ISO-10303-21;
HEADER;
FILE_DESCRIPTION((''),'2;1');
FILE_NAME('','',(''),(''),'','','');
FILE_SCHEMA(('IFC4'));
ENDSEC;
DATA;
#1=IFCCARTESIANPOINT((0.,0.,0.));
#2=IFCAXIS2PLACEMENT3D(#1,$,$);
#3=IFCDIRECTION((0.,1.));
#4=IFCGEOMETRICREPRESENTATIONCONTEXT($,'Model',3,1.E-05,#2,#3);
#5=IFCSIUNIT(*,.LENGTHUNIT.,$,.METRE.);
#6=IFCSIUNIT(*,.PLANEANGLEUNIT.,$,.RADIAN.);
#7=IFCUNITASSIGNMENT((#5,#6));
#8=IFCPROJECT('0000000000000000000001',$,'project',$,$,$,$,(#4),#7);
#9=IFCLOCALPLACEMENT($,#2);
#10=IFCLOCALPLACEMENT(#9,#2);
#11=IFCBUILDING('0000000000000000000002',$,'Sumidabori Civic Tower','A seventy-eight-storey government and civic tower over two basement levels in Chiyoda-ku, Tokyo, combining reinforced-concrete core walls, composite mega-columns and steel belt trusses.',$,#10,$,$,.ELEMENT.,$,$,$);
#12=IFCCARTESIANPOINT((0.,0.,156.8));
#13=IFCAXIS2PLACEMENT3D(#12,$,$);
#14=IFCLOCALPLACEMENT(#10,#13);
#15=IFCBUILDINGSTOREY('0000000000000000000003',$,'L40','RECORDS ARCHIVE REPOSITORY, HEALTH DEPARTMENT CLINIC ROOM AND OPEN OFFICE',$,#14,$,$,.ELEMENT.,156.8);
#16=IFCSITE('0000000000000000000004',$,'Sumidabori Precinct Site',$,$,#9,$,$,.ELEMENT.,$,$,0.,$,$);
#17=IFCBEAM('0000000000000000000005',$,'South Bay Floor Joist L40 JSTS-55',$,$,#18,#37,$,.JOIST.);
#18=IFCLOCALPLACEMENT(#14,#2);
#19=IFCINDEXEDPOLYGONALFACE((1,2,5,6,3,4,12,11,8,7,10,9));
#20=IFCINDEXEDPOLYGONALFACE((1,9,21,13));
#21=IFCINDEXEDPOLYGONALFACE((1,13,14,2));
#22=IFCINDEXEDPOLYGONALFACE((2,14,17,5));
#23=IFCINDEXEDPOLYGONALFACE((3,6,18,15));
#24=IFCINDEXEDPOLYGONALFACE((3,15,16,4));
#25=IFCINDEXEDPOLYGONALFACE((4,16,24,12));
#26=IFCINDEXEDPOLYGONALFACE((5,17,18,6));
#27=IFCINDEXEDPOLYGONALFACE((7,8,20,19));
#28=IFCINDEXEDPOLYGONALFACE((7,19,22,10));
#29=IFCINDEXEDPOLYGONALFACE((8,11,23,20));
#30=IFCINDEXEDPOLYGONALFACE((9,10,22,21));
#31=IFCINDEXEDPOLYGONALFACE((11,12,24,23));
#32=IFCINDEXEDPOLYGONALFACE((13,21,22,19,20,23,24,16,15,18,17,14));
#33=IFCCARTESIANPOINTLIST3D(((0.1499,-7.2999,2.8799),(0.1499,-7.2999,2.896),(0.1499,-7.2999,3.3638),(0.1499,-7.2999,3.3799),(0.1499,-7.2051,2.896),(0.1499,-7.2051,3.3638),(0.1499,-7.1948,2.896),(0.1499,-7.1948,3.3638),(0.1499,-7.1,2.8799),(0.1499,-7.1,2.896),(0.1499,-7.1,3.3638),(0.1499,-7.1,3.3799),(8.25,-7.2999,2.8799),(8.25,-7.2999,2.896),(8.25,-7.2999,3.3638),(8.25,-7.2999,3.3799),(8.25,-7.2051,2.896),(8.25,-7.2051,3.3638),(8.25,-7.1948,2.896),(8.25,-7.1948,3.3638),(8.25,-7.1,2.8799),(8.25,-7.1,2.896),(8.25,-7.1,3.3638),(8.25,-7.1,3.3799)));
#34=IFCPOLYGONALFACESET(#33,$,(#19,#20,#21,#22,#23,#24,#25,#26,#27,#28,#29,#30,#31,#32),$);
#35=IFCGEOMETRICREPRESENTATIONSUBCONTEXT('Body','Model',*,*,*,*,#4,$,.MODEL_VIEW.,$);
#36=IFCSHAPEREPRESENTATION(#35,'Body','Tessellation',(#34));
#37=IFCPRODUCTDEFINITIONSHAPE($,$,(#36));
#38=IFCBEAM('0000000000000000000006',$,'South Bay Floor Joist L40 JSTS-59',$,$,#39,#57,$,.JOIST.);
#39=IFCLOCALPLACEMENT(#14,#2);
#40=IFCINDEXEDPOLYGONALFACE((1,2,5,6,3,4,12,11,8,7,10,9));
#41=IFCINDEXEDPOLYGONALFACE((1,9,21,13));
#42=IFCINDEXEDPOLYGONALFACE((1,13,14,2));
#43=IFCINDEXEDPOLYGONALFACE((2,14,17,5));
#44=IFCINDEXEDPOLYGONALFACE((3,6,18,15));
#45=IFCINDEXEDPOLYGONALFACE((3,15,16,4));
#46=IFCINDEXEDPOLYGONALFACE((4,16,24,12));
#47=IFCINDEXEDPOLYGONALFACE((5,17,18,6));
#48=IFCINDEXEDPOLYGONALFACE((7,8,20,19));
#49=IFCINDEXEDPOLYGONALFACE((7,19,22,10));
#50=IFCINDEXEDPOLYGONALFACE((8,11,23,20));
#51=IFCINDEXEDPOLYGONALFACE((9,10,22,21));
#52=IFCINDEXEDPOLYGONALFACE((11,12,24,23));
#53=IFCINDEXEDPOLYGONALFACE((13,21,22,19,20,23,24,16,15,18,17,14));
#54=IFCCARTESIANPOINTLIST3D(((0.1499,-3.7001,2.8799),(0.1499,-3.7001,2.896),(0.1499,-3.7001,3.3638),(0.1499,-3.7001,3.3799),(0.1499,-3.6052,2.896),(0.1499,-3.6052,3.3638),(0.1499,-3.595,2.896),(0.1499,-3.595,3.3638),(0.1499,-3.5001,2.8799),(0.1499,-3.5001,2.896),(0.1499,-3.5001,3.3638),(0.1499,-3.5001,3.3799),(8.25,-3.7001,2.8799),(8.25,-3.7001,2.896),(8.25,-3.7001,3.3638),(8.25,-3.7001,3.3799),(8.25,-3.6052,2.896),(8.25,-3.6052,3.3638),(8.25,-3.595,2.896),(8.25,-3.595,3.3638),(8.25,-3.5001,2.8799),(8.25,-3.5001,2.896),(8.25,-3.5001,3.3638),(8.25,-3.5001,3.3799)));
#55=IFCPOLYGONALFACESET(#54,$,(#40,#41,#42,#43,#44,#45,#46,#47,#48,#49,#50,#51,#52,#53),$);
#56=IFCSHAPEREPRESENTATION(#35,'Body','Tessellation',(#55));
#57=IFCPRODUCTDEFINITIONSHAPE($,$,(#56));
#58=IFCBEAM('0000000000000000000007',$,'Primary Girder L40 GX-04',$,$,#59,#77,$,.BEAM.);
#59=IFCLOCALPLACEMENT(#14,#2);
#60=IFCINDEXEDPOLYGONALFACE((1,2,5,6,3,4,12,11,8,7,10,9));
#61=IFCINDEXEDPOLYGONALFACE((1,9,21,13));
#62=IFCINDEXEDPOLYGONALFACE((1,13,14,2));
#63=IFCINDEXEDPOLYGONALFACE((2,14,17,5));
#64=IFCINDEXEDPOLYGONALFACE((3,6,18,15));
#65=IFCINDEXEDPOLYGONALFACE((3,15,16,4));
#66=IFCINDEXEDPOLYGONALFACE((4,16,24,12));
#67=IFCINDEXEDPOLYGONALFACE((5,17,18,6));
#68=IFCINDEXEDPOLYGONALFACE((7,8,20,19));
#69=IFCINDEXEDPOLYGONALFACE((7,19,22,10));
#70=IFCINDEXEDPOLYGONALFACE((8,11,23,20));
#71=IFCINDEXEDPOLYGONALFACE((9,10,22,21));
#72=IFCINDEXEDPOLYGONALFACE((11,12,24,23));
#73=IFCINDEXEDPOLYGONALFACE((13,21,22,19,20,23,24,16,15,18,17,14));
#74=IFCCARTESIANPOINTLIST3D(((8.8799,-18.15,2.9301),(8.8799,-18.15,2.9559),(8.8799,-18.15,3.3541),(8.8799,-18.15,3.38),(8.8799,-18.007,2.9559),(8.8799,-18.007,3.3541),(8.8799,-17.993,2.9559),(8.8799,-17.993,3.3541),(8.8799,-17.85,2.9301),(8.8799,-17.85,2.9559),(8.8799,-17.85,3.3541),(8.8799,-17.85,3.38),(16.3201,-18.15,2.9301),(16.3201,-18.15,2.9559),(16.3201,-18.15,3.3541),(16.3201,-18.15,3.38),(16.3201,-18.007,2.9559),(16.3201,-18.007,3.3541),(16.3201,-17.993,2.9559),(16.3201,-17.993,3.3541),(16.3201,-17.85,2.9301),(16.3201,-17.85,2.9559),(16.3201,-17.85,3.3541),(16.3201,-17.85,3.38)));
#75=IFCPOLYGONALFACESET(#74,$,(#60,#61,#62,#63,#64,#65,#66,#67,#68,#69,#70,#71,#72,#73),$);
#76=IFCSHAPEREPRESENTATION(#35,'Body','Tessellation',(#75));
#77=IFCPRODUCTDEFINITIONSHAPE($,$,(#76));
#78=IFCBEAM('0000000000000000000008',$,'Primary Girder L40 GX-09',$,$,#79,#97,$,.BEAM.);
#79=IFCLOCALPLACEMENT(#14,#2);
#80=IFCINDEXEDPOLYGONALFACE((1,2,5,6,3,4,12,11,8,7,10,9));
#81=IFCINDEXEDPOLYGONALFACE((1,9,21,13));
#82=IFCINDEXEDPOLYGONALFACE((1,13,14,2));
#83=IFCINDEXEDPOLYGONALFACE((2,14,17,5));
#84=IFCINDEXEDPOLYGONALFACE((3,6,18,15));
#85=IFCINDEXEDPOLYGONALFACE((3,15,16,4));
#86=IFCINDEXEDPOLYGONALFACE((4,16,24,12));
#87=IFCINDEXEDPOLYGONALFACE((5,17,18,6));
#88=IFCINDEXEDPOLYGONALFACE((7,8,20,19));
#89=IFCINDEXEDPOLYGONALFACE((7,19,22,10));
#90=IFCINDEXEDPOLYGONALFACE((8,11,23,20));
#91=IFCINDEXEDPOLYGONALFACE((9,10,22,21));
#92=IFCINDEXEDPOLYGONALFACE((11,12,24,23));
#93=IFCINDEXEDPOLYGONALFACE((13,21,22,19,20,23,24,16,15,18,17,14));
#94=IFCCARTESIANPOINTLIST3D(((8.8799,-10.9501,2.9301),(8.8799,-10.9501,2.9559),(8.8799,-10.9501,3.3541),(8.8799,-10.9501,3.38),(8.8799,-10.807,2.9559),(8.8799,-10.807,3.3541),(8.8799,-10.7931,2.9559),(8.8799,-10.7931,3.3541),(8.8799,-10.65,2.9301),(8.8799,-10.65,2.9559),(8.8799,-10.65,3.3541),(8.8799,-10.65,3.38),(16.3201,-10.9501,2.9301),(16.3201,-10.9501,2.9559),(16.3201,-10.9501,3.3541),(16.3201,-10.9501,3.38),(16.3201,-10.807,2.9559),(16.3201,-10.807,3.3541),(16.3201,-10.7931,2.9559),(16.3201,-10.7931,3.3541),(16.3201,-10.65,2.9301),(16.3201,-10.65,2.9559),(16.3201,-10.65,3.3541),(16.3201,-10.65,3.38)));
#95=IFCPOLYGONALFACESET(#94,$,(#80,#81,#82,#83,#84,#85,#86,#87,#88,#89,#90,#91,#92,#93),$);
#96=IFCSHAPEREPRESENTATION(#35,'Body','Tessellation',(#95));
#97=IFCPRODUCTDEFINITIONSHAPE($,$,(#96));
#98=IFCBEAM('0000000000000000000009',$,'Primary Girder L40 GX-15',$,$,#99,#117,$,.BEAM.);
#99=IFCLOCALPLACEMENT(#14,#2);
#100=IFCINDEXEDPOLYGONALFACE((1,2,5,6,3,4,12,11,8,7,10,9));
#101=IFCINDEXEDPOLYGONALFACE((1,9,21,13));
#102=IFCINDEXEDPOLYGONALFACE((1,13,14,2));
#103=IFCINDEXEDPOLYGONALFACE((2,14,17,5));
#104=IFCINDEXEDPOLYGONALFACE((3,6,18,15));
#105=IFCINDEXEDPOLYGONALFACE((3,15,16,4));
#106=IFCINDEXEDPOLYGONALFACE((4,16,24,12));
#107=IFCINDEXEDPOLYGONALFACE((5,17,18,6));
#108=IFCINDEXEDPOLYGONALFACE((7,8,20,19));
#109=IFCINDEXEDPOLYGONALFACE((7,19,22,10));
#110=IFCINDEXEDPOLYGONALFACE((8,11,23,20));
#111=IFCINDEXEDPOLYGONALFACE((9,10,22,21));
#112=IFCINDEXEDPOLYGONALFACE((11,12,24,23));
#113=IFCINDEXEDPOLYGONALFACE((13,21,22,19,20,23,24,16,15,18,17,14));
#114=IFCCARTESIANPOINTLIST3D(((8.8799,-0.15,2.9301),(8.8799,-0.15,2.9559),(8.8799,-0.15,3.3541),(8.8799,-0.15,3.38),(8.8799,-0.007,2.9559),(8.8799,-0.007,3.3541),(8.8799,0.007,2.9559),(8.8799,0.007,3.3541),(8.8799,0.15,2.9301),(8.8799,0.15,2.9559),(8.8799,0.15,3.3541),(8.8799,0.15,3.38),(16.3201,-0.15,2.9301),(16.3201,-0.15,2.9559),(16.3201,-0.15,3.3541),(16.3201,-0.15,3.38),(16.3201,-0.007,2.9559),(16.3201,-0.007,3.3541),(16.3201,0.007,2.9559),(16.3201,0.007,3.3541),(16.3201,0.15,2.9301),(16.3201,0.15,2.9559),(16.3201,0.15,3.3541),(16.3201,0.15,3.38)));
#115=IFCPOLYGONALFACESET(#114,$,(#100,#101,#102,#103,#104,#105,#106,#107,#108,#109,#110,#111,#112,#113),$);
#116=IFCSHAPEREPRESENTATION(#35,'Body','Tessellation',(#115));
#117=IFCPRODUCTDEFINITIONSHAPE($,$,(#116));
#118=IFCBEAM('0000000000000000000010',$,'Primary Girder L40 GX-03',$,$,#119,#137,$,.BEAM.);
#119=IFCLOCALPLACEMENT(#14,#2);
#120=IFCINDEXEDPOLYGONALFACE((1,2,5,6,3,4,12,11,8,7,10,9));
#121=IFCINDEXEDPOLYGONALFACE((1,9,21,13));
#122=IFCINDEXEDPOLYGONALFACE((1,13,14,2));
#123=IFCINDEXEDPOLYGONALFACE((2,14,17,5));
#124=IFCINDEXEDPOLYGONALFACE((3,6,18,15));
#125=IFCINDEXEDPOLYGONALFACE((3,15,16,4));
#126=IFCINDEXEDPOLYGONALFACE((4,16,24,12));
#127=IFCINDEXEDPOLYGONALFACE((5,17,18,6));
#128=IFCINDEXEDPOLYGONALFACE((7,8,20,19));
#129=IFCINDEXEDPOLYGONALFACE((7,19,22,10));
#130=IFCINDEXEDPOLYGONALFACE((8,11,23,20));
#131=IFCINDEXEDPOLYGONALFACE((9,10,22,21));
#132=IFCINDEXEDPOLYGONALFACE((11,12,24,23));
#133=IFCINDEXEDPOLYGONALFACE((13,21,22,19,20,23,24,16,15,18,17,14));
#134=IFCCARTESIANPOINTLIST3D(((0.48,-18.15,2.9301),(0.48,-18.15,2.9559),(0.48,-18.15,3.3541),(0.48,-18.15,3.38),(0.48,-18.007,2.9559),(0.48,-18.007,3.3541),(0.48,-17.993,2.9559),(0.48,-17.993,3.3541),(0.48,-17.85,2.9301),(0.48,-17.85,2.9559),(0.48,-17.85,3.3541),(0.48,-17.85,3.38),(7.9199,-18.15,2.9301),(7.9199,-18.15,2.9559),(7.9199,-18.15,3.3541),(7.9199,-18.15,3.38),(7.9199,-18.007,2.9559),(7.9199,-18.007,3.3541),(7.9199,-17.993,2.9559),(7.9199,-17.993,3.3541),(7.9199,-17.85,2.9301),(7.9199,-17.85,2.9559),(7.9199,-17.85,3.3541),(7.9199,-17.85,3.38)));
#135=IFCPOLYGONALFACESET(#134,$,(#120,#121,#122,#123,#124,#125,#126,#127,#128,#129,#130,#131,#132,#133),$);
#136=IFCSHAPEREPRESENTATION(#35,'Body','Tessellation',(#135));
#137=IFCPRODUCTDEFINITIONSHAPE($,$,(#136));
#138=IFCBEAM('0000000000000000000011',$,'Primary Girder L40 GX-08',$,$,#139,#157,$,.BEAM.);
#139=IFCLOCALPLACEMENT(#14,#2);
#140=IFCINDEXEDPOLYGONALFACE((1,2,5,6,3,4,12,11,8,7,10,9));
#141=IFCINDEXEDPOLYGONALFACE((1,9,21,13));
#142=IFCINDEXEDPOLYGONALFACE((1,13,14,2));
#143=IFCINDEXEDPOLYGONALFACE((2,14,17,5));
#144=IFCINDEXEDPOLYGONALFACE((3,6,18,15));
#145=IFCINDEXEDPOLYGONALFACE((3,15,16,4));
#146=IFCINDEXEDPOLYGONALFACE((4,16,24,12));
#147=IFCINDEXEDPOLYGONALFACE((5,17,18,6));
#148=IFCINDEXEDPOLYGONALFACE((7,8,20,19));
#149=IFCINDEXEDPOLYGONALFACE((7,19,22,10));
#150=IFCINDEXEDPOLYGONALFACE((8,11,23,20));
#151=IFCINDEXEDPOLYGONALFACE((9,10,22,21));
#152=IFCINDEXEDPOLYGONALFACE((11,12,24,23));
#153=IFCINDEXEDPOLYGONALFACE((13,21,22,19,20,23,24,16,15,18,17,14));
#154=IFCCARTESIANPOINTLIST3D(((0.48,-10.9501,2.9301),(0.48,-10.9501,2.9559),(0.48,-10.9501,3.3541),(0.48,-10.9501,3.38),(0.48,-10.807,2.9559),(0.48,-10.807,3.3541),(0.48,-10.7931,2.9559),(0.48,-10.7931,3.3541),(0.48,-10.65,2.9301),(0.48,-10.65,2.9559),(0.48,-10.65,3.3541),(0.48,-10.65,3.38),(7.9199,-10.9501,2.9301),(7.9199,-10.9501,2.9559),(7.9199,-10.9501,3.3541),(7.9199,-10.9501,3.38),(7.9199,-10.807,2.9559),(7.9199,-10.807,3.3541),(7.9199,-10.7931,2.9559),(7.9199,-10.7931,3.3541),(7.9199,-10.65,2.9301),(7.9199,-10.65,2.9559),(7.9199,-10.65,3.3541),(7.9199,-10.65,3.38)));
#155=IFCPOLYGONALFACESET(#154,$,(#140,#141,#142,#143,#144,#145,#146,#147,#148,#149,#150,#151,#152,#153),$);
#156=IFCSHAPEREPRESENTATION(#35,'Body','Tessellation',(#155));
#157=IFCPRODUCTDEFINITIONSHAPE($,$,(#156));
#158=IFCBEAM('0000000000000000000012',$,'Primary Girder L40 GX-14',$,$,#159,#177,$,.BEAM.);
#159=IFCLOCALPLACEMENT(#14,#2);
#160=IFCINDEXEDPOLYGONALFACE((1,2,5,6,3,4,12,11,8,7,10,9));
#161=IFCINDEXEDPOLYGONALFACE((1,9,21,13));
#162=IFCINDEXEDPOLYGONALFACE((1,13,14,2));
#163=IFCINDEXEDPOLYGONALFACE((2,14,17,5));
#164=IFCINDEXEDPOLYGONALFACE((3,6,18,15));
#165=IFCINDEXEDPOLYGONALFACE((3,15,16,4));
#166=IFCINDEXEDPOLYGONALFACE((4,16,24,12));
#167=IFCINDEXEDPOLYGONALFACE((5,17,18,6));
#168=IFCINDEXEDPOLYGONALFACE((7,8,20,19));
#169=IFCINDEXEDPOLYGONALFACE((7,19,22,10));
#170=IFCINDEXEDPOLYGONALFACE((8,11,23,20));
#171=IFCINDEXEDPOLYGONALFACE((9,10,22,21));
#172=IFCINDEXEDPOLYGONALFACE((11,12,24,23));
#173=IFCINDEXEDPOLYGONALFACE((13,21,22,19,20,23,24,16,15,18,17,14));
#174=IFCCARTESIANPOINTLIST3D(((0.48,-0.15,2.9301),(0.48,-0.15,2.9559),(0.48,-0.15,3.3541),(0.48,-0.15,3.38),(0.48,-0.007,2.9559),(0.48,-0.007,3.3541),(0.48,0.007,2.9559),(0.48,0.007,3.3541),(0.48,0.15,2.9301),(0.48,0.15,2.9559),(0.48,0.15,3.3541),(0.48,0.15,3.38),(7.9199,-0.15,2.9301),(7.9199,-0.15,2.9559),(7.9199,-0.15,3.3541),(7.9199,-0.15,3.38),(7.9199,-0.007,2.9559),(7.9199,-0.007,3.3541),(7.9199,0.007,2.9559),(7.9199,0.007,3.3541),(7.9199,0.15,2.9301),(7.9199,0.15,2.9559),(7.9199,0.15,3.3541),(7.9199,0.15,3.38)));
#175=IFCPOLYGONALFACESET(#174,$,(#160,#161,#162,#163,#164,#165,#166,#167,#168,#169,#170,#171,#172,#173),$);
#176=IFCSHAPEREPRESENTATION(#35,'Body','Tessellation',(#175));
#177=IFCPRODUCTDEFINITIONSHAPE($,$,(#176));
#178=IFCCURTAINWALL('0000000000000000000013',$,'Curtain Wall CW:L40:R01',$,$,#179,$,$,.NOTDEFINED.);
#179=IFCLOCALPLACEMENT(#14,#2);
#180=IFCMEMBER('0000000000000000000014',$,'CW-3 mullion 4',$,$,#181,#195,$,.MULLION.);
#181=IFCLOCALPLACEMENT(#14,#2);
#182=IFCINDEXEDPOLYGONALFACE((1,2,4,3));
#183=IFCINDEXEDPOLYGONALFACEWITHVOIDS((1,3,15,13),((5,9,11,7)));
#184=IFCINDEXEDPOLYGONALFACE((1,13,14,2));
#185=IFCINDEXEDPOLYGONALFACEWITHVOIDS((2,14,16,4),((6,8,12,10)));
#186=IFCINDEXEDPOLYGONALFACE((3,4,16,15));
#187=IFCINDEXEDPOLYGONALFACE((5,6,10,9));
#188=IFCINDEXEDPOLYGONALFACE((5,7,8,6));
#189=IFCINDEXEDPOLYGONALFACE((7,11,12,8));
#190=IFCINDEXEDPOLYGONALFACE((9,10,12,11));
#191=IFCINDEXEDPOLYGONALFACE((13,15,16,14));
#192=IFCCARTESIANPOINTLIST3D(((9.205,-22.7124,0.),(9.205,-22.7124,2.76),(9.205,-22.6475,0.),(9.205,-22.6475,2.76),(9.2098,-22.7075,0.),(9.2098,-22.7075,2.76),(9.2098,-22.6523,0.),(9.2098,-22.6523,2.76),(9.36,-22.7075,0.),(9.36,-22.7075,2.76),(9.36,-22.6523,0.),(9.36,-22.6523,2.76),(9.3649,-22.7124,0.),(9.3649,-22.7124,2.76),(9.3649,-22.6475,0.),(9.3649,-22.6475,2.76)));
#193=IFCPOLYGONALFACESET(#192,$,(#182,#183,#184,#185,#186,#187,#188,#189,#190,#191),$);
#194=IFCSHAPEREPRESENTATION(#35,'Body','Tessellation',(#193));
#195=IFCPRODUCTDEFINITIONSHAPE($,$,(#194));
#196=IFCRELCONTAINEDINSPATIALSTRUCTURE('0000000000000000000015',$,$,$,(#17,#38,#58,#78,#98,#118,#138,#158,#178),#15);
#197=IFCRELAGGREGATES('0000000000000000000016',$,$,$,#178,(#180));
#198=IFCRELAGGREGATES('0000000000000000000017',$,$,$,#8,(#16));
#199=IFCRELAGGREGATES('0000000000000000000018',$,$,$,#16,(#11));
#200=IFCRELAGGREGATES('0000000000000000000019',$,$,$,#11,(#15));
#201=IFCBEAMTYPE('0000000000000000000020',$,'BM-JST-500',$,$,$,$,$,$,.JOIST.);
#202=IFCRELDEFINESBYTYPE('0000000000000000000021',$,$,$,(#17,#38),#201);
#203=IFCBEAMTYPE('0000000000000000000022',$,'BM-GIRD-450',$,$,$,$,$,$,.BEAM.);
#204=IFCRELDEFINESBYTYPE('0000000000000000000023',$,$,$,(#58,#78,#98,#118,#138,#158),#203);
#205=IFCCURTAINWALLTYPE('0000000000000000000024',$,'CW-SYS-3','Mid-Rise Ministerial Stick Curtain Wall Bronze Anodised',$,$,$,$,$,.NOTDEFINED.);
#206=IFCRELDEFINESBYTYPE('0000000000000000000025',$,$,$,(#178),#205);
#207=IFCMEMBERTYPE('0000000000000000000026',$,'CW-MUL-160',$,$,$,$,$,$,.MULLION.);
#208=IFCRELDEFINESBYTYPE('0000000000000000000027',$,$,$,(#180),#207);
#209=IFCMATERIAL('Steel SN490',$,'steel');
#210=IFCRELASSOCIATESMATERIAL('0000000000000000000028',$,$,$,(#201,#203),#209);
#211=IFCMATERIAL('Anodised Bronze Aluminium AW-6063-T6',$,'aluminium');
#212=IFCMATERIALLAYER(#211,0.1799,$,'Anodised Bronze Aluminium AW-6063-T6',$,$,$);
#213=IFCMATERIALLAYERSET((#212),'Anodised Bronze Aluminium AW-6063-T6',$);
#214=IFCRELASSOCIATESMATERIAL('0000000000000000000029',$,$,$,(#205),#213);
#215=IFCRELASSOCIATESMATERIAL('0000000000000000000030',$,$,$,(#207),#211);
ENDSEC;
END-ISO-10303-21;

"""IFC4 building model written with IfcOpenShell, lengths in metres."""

from ifc_helpers import new_model, si_unit, direction, frame, origin, origin_2d, place, context, subcontext, project, spatial, hollow_rectangle, i_section, extrude, source, transform, mapped, material, layer, layer_set, material_profile, profile_set, type_object, element, aggregate, save


model = new_model("IFC4")

# Units and contexts
model_context = context("Model", 3, precision=1e-05, world=origin(), true_north=direction((0.0, 1.0)))
body_context = subcontext(model_context, "Body", "Model", "MODEL_VIEW")
ifc_project = project(units=[si_unit("LENGTHUNIT", "METRE"), si_unit("PLANEANGLEUNIT", "RADIAN")], contexts=[model_context])

# Site, building, storey
site_placement = place(None, origin())
site = spatial("IfcSite", under=ifc_project, at=site_placement, Name="Sumidabori Precinct Site", CompositionType="ELEMENT", RefElevation=0.0)
building_placement = place(site_placement, origin())
building = spatial("IfcBuilding", under=site, at=building_placement, Name="Sumidabori Civic Tower", Description="A seventy-eight-storey government and civic tower over two basement levels in Chiyoda-ku, Tokyo, combining reinforced-concrete core walls, composite mega-columns and steel belt trusses.", CompositionType="ELEMENT")
storey_placement = place(building_placement, frame((0.0, 0.0, 156.8)))
storey = spatial("IfcBuildingStorey", under=building, at=storey_placement, Name="L40", Description="RECORDS ARCHIVE REPOSITORY, HEALTH DEPARTMENT CLINIC ROOM AND OPEN OFFICE", CompositionType="ELEMENT", Elevation=156.8)

# Beams
ifc_material_1 = material(Name="Steel SN490", Category="steel")
ifc_material_profile_1 = material_profile(ifc_material_1, i_section(OverallWidth=0.2, OverallDepth=0.5, WebThickness=0.0103, FlangeThickness=0.0161, at=origin_2d()), Name="IPE 500")
ifc_profile_set_1 = profile_set([ifc_material_profile_1], Name="Steel SN490")
beam_type_1 = type_object("IfcBeamType", Name="BM-JST-500", PredefinedType="JOIST", material=ifc_profile_set_1)
shared_shape_1 = source(origin(), body_context, "Body", "SweptSolid", [
    extrude(i_section(OverallWidth=0.2, OverallDepth=0.5, WebThickness=0.0103, FlangeThickness=0.0161, at=origin_2d()), origin(), (0.0, 0.0, 1.0), 8.1001),
])
for number, where, z_axis, x_axis, name in (
    (1, (0.1499, -7.2, 3.1299), (1.0, 0.0, 0.0), (0.0, 1.0, 0.0), "South Bay Floor Joist L40 JSTS-55"),
    (2, (0.1499, -3.6001, 3.1299), (1.0, 0.0, 0.0), (0.0, 1.0, 0.0), "South Bay Floor Joist L40 JSTS-59"),
):
    element("IfcBeam", number, at=place(storey_placement, frame(where, z_axis=z_axis, x_axis=x_axis)), inside=storey, type_object=beam_type_1, Name=name, PredefinedType="JOIST", context=body_context, shape_type="MappedRepresentation", body=[
        mapped(shared_shape_1, transform((0.0, 0.0, 0.0), x_axis=(1.0, 0.0, 0.0), y_axis=(0.0, 1.0, 0.0), z_axis=(0.0, 0.0, 1.0), scale=1.0)),
    ])
ifc_material_profile_2 = material_profile(ifc_material_1, i_section(OverallWidth=0.3, OverallDepth=0.45, WebThickness=0.0139, FlangeThickness=0.0259, at=origin_2d()), Name="HE 450 B")
ifc_profile_set_2 = profile_set([ifc_material_profile_2], Name="Steel SN490")
beam_type_2 = type_object("IfcBeamType", Name="BM-GIRD-450", PredefinedType="BEAM", material=ifc_profile_set_2)
shared_shape_2 = source(origin(), body_context, "Body", "SweptSolid", [
    extrude(i_section(OverallWidth=0.3, OverallDepth=0.45, WebThickness=0.0139, FlangeThickness=0.0259, at=origin_2d()), origin(), (0.0, 0.0, 1.0), 7.4402),
])
for number, where, z_axis, x_axis, name in (
    (3, (8.8799, -18.0, 3.155), (1.0, 0.0, 0.0), (0.0, 1.0, 0.0), "Primary Girder L40 GX-04"),
    (4, (8.8799, -10.8, 3.155), (1.0, 0.0, 0.0), (0.0, 1.0, 0.0), "Primary Girder L40 GX-09"),
    (5, (8.8799, 0.0, 3.155), (1.0, 0.0, 0.0), (0.0, 1.0, 0.0), "Primary Girder L40 GX-15"),
):
    element("IfcBeam", number, at=place(storey_placement, frame(where, z_axis=z_axis, x_axis=x_axis)), inside=storey, type_object=beam_type_2, Name=name, PredefinedType="BEAM", context=body_context, shape_type="MappedRepresentation", body=[
        mapped(shared_shape_2, transform((0.0, 0.0, 0.0), x_axis=(1.0, 0.0, 0.0), y_axis=(0.0, 1.0, 0.0), z_axis=(0.0, 0.0, 1.0), scale=1.0)),
    ])
shared_shape_3 = source(origin(), body_context, "Body", "SweptSolid", [
    extrude(i_section(OverallWidth=0.3, OverallDepth=0.45, WebThickness=0.0139, FlangeThickness=0.0259, at=origin_2d()), origin(), (0.0, 0.0, 1.0), 7.4399),
])
for number, where, z_axis, x_axis, name in (
    (6, (0.48, -18.0, 3.155), (1.0, 0.0, 0.0), (0.0, 1.0, 0.0), "Primary Girder L40 GX-03"),
    (7, (0.48, -10.8, 3.155), (1.0, 0.0, 0.0), (0.0, 1.0, 0.0), "Primary Girder L40 GX-08"),
    (8, (0.48, 0.0, 3.155), (1.0, 0.0, 0.0), (0.0, 1.0, 0.0), "Primary Girder L40 GX-14"),
):
    element("IfcBeam", number, at=place(storey_placement, frame(where, z_axis=z_axis, x_axis=x_axis)), inside=storey, type_object=beam_type_2, Name=name, PredefinedType="BEAM", context=body_context, shape_type="MappedRepresentation", body=[
        mapped(shared_shape_3, transform((0.0, 0.0, 0.0), x_axis=(1.0, 0.0, 0.0), y_axis=(0.0, 1.0, 0.0), z_axis=(0.0, 0.0, 1.0), scale=1.0)),
    ])

# Curtain wall, member
ifc_material_2 = material(Name="Anodised Bronze Aluminium AW-6063-T6", Category="aluminium")
ifc_layer_1 = layer(ifc_material_2, 0.1799, Name="Anodised Bronze Aluminium AW-6063-T6")
ifc_layer_set_1 = layer_set([ifc_layer_1], Name="Anodised Bronze Aluminium AW-6063-T6")
curtain_wall_type = type_object("IfcCurtainWallType", Name="CW-SYS-3", Description="Mid-Rise Ministerial Stick Curtain Wall Bronze Anodised", PredefinedType="NOTDEFINED", material=ifc_layer_set_1)
curtain_wall_placement = place(storey_placement, origin())
curtain_wall = element("IfcCurtainWall", 9, at=curtain_wall_placement, inside=storey, type_object=curtain_wall_type, Name="Curtain Wall CW:L40:R01", PredefinedType="NOTDEFINED")
ifc_material_profile_3 = material_profile(ifc_material_2, hollow_rectangle(XDim=0.0649, YDim=0.1599, WallThickness=0.0049, at=origin_2d()), Name="ALU MULLION 160x65")
ifc_profile_set_3 = profile_set([ifc_material_profile_3], Name="Anodised Bronze Aluminium AW-6063-T6")
member_type_1 = type_object("IfcMemberType", Name="CW-MUL-160", PredefinedType="MULLION", material=ifc_profile_set_3)
shared_shape_4 = source(origin(), body_context, "Body", "SweptSolid", [
    extrude(hollow_rectangle(XDim=0.0649, YDim=0.1599, WallThickness=0.0049, at=origin_2d()), origin(), (0.0, 0.0, 1.0), 2.76),
])
member_1_placement = place(storey_placement, frame((9.2849, -22.6799, 0.0), z_axis=(0.0, 0.0, 1.0), x_axis=(0.0, 1.0, 0.0)))
member_1 = element("IfcMember", 10, at=member_1_placement, type_object=member_type_1, Name="CW-3 mullion 4", PredefinedType="MULLION", context=body_context, shape_type="MappedRepresentation", body=[
    mapped(shared_shape_4, transform((0.0, 0.0, 0.0), x_axis=(1.0, 0.0, 0.0), y_axis=(0.0, 1.0, 0.0), z_axis=(0.0, 0.0, 1.0), scale=1.0)),
])
aggregate(curtain_wall, [member_1])

save(model, "model.ifc")
